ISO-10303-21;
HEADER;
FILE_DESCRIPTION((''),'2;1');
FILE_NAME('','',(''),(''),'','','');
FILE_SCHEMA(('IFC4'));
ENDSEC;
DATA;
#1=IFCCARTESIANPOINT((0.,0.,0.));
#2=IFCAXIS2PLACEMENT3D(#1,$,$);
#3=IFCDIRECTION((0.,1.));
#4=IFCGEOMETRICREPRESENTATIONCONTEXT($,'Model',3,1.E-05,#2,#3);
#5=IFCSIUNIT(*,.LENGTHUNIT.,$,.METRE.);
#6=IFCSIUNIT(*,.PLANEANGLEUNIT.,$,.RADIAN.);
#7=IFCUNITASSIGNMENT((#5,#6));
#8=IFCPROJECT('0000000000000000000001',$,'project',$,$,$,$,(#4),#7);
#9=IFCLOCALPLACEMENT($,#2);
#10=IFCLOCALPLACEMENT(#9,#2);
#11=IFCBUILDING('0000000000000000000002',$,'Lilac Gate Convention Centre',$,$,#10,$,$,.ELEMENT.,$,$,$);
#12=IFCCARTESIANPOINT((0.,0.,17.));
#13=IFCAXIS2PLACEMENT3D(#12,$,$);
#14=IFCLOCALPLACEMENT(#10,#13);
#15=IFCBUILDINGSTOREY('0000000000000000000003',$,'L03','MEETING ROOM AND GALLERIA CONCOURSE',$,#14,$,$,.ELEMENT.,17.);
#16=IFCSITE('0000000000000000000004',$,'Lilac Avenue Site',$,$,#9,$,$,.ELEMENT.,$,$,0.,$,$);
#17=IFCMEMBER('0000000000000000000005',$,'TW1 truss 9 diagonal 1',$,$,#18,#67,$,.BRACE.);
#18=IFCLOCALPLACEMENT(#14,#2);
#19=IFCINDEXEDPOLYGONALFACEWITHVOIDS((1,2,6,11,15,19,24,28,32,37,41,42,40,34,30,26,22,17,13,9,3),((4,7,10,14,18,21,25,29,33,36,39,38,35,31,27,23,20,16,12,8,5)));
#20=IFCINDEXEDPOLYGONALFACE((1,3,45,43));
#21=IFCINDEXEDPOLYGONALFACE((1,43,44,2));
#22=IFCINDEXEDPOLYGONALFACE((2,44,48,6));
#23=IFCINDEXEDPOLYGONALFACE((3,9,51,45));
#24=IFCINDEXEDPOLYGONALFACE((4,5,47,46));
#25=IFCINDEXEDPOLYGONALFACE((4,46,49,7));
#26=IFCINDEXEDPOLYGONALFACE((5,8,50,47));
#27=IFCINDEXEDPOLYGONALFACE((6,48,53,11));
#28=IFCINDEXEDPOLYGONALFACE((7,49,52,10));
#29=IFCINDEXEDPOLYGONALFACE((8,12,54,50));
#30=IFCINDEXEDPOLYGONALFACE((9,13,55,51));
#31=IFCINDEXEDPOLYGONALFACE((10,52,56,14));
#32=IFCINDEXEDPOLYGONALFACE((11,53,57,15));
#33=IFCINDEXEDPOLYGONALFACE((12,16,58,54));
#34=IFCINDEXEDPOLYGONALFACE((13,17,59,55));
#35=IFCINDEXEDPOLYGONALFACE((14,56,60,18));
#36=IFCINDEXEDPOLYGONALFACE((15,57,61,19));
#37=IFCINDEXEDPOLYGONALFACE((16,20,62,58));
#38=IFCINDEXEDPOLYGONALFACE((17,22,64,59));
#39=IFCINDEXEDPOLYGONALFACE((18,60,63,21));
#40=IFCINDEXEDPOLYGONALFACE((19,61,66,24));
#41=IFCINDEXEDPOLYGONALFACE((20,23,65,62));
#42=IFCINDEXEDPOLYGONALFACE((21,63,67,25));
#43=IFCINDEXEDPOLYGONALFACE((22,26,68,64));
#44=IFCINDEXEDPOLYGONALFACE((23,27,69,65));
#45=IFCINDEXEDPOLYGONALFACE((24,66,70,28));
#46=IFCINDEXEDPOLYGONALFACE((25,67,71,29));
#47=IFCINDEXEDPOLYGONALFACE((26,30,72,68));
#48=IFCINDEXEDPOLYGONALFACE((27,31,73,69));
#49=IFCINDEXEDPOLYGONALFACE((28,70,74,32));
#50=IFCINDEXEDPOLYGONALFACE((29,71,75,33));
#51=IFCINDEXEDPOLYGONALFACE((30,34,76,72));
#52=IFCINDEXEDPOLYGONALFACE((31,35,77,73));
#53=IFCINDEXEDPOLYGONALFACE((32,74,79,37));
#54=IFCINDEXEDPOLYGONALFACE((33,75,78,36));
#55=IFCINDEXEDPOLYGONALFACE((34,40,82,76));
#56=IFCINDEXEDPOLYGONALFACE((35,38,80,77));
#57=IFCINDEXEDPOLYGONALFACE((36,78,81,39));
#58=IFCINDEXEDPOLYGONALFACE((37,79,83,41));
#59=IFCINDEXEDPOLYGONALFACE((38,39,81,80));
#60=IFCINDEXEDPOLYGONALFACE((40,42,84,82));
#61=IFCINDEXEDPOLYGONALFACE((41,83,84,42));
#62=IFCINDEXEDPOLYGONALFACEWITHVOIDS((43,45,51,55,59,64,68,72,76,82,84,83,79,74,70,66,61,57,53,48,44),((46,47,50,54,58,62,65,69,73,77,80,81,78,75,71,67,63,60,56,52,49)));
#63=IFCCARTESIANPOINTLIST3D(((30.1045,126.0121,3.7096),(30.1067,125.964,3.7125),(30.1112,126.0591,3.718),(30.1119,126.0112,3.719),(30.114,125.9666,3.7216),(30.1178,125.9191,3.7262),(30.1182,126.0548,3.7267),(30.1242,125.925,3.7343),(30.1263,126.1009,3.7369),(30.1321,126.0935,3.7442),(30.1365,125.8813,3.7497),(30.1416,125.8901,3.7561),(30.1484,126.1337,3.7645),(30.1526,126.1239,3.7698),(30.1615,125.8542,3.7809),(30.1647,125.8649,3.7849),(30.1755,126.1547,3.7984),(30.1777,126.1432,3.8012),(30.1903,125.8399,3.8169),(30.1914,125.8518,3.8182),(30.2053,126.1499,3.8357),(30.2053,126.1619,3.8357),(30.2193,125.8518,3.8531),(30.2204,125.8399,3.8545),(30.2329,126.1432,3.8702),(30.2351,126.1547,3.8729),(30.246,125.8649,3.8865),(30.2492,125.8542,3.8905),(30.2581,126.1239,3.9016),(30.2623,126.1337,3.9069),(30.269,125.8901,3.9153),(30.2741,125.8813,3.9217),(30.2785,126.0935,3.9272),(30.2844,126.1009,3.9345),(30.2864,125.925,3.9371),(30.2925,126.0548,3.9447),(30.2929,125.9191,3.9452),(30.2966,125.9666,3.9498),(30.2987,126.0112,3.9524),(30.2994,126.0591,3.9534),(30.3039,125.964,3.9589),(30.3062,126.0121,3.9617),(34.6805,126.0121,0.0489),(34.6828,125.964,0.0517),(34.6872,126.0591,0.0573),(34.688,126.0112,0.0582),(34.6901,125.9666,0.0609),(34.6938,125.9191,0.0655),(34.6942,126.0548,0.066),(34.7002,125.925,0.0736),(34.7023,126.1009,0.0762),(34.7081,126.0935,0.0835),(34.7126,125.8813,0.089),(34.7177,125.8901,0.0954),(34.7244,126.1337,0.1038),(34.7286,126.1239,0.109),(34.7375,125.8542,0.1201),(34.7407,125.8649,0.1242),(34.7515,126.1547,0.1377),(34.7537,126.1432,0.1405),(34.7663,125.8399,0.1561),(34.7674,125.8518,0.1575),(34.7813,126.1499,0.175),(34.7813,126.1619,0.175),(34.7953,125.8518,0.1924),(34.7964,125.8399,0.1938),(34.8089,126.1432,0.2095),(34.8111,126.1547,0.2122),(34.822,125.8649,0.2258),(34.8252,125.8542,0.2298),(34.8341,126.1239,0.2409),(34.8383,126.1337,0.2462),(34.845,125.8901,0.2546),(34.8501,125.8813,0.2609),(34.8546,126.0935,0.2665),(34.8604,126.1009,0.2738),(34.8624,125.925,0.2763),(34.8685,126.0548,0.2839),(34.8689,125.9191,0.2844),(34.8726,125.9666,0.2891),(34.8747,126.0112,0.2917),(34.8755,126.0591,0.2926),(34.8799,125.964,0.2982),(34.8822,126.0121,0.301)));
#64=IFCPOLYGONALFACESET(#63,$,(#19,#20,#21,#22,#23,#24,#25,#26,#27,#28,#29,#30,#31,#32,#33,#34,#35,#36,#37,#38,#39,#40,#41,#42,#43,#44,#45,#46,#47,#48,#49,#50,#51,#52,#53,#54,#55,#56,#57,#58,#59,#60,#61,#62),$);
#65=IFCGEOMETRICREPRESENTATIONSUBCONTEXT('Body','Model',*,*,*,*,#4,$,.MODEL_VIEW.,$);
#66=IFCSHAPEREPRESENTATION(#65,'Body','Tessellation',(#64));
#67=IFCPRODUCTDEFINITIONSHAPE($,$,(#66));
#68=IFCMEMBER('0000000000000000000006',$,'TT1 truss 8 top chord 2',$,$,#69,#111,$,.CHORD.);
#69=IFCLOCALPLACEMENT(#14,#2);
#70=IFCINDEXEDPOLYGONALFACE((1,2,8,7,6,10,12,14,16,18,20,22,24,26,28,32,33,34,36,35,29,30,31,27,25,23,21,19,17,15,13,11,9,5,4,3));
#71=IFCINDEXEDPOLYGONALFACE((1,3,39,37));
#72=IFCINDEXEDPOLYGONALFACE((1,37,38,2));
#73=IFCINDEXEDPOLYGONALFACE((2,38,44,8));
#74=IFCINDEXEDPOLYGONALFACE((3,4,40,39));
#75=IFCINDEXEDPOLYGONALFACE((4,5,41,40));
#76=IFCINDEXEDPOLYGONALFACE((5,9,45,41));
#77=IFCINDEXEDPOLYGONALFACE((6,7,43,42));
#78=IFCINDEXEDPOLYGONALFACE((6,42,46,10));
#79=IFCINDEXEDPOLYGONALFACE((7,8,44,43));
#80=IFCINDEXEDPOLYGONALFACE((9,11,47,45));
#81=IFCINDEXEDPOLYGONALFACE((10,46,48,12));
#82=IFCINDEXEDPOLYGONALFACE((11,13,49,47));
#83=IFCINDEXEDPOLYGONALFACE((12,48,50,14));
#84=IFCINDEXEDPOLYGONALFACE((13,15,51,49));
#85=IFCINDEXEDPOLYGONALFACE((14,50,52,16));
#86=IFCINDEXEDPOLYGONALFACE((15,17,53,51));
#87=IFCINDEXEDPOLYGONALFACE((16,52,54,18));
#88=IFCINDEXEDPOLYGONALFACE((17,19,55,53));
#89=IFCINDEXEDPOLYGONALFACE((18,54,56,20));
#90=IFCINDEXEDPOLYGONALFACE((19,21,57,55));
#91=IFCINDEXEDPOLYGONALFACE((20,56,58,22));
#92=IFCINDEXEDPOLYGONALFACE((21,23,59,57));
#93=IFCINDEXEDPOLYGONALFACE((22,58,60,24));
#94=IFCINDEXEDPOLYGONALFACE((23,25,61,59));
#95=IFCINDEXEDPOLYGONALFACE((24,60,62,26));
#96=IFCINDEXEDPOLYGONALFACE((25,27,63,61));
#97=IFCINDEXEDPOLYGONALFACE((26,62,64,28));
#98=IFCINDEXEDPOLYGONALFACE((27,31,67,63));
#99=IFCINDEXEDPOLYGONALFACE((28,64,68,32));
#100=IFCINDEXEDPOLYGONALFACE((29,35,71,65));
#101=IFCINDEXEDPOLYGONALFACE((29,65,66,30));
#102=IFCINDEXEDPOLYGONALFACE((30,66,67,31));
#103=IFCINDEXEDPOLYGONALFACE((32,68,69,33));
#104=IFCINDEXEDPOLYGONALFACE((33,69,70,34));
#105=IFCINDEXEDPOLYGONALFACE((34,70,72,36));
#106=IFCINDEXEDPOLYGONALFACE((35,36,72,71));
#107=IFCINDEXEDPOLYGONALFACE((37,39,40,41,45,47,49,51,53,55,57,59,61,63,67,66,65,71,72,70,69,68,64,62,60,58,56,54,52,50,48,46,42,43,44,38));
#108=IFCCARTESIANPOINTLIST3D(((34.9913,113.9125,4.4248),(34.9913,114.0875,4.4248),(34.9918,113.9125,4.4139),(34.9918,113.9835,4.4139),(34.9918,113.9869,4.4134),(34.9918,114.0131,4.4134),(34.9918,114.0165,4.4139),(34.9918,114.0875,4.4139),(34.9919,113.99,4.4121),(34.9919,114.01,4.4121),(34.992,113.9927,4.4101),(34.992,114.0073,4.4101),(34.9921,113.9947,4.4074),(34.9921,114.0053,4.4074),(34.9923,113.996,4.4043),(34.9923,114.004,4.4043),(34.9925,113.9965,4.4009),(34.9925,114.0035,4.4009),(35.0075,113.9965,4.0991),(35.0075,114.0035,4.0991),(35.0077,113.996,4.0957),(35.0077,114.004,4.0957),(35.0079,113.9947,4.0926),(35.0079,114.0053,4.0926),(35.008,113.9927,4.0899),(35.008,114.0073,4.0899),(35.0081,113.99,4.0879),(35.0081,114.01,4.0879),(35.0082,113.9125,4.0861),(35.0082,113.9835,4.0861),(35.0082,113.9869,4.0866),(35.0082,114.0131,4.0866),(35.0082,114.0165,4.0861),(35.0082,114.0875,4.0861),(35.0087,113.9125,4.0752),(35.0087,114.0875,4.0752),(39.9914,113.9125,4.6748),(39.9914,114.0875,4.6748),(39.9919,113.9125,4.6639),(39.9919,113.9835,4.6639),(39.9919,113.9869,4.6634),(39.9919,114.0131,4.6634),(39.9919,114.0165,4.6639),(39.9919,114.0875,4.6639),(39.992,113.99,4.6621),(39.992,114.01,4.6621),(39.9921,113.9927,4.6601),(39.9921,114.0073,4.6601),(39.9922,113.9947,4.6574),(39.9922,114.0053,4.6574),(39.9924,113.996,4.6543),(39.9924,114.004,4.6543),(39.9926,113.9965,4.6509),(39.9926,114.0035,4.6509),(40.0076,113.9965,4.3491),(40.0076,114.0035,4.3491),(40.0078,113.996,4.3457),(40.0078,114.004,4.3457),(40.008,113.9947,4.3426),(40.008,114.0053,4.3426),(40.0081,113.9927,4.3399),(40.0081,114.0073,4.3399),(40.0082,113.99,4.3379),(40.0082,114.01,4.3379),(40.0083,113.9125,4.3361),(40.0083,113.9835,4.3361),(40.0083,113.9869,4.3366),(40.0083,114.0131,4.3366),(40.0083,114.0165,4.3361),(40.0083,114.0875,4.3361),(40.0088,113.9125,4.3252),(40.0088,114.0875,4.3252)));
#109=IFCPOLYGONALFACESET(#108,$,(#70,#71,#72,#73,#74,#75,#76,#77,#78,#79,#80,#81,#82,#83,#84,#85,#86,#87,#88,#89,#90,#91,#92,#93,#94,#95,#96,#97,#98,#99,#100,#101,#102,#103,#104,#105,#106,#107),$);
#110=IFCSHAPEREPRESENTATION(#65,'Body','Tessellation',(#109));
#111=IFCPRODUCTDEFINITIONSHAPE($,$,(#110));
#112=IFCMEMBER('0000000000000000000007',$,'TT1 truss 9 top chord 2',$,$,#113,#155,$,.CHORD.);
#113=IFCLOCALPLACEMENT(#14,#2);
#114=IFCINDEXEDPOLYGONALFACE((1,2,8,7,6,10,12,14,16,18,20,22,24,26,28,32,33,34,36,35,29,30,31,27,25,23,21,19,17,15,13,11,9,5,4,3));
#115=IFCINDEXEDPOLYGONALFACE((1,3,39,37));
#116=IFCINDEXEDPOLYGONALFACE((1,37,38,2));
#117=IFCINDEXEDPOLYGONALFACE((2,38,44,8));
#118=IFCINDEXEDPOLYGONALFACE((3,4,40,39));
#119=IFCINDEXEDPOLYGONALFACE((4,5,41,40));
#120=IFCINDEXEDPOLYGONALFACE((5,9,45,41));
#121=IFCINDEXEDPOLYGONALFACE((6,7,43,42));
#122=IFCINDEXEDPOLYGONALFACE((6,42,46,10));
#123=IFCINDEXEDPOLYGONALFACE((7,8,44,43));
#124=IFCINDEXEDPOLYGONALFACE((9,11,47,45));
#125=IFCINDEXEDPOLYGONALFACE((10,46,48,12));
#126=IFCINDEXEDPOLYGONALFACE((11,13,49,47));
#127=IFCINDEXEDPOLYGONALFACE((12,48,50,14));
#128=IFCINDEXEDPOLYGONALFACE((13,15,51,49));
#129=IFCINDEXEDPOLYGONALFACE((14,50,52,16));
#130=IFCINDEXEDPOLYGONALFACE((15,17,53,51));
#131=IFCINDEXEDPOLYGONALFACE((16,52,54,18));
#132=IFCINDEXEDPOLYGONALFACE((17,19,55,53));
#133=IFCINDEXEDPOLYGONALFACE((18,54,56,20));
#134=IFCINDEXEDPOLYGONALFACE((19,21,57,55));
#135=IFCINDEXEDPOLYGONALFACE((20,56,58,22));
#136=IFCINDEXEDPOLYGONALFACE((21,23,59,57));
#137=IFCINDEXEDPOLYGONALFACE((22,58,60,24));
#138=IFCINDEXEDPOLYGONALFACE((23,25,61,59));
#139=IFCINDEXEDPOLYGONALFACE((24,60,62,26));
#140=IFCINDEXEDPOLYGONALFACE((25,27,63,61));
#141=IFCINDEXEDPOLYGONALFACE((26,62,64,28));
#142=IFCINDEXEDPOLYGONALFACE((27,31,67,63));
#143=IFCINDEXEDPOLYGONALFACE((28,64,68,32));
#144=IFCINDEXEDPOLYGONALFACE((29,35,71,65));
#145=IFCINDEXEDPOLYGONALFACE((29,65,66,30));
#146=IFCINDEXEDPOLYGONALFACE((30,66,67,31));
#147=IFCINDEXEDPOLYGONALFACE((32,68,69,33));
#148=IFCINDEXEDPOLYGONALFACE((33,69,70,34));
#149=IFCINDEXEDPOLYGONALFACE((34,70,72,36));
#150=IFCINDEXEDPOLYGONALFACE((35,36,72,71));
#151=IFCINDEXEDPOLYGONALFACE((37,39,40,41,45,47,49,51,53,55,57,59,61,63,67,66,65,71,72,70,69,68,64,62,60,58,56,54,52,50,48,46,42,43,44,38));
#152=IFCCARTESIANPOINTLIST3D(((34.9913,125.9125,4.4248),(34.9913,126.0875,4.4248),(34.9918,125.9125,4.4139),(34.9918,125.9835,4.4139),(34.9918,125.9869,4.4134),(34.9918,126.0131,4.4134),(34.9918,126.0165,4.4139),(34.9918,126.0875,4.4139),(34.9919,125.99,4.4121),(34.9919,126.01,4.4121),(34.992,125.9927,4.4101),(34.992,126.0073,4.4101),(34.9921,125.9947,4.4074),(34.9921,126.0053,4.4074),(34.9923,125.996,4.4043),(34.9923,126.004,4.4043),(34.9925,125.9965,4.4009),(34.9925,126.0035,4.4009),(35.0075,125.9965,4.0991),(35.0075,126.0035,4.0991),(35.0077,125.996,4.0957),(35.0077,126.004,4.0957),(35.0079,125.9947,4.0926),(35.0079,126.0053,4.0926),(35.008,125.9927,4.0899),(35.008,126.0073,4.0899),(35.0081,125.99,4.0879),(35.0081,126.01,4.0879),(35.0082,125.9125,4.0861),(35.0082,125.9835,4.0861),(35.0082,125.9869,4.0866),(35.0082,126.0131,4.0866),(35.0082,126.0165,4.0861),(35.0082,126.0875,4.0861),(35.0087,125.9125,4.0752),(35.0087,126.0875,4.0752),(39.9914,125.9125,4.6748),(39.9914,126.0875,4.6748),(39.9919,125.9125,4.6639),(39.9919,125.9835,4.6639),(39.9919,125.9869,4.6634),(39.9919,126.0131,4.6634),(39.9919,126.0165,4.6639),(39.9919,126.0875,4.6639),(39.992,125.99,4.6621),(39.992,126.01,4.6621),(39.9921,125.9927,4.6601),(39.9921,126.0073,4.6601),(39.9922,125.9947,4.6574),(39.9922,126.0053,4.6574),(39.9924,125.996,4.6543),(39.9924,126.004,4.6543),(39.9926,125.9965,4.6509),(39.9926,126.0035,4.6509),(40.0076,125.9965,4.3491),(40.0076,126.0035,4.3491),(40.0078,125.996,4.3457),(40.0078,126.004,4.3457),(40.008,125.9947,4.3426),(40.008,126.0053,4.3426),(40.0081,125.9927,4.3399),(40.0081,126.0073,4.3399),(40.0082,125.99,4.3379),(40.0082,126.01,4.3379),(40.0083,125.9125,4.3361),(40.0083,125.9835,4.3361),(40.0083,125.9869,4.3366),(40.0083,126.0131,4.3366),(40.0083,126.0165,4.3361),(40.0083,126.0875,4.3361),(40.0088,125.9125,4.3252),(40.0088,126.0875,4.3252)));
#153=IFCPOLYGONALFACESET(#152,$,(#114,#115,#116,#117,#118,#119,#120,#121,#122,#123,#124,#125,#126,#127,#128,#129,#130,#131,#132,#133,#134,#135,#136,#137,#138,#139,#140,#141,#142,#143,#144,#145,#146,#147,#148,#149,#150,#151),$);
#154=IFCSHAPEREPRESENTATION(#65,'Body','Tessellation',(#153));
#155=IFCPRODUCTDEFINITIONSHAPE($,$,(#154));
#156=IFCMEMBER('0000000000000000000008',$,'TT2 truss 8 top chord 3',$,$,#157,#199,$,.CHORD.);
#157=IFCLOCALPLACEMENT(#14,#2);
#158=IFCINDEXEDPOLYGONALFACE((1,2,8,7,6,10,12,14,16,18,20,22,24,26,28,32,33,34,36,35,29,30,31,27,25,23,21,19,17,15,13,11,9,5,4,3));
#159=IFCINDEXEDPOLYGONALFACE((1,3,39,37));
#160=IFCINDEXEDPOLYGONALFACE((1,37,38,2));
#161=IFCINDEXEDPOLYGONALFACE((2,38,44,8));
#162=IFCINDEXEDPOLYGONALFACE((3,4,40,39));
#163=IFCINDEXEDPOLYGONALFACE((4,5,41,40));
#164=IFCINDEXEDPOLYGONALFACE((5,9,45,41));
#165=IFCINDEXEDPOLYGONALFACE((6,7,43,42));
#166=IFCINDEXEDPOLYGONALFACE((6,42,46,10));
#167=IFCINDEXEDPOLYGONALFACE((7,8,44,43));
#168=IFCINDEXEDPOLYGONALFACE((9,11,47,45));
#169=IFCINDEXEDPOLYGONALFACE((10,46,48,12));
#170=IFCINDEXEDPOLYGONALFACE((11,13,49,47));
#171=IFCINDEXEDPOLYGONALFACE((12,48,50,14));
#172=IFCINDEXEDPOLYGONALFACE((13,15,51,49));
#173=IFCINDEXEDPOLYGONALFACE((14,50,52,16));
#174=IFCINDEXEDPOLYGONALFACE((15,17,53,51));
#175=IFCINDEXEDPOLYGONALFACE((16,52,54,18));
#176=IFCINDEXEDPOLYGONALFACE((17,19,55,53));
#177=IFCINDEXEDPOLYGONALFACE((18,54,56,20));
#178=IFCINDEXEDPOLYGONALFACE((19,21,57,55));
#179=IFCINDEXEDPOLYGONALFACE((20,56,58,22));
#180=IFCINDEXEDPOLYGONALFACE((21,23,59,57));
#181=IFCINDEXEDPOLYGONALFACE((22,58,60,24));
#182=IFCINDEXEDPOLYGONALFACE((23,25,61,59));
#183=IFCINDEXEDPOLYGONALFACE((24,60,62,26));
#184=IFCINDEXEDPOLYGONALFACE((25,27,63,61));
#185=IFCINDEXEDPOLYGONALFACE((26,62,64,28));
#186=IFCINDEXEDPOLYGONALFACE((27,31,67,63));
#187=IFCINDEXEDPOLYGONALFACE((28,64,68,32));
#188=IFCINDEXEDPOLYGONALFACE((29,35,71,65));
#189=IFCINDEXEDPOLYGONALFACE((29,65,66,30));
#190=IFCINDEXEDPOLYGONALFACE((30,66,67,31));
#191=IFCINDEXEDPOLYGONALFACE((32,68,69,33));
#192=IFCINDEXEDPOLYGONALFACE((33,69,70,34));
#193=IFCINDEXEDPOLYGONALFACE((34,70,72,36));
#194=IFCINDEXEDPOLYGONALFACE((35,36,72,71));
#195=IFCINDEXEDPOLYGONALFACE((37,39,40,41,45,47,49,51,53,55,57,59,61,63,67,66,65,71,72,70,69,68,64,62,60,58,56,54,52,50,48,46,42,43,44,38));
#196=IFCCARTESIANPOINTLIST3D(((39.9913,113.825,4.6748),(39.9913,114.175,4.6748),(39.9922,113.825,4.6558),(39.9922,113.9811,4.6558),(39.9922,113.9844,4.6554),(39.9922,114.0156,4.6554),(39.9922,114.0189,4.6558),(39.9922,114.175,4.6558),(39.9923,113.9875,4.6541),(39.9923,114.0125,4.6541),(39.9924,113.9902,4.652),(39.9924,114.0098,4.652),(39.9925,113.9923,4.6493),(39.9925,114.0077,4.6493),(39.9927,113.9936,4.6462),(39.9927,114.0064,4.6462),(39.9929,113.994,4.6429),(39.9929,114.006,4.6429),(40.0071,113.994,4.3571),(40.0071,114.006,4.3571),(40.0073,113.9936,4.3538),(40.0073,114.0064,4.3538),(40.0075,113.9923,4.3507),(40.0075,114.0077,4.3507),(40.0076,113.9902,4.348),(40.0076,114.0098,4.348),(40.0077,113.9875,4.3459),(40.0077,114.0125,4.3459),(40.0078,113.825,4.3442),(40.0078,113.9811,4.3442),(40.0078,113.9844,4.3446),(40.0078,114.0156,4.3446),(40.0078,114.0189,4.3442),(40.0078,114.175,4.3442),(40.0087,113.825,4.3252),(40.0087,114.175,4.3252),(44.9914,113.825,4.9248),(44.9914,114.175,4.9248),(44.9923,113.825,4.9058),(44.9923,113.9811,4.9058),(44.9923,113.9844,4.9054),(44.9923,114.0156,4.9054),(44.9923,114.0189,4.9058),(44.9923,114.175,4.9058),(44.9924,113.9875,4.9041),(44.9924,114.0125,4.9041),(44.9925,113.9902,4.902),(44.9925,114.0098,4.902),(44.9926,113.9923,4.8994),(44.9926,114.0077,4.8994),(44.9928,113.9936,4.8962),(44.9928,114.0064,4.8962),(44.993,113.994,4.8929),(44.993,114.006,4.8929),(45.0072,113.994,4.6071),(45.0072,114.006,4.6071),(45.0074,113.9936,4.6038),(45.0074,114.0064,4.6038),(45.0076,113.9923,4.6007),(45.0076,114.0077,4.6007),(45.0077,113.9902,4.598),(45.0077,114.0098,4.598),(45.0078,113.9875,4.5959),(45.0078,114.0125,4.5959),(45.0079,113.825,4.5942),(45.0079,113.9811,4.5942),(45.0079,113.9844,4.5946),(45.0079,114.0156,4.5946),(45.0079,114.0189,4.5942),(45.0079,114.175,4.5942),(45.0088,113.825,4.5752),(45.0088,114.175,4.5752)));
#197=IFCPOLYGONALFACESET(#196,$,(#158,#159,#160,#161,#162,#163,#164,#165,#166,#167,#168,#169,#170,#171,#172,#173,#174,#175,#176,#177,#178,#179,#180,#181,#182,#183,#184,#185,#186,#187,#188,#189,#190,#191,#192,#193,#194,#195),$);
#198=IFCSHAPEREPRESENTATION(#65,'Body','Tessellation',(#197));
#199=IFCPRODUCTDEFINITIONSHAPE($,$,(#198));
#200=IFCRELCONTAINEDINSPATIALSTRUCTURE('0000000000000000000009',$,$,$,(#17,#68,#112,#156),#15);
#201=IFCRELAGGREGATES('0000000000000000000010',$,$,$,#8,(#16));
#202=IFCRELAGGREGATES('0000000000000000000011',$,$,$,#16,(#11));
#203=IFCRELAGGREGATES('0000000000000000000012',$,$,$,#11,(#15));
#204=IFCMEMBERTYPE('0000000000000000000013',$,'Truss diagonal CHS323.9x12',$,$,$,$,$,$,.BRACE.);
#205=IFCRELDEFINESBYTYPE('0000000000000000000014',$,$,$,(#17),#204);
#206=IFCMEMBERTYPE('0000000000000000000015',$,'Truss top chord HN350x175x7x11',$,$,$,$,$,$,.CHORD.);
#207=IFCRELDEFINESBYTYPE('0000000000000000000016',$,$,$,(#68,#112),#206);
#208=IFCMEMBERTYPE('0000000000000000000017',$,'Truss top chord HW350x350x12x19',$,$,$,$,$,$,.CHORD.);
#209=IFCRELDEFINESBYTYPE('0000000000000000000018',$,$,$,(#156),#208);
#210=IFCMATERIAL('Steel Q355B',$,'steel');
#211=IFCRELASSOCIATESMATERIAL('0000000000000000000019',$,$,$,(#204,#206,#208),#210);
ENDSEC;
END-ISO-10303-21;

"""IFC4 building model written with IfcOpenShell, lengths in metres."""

from ifc_helpers import new_model, si_unit, direction, frame, origin, origin_2d, place, context, subcontext, project, spatial, hollow_circle, i_section, extrude, material, material_profile, profile_set, type_object, element, save


model = new_model("IFC4")

# Units and contexts
model_context = context("Model", 3, precision=1e-05, world=origin(), true_north=direction((0.0, 1.0)))
body_context = subcontext(model_context, "Body", "Model", "MODEL_VIEW")
ifc_project = project(units=[si_unit("LENGTHUNIT", "METRE"), si_unit("PLANEANGLEUNIT", "RADIAN")], contexts=[model_context])

# Site, building, storey
site_placement = place(None, origin())
site = spatial("IfcSite", under=ifc_project, at=site_placement, Name="Lilac Avenue Site", CompositionType="ELEMENT", RefElevation=0.0)
building_placement = place(site_placement, origin())
building = spatial("IfcBuilding", under=site, at=building_placement, Name="Lilac Gate Convention Centre", CompositionType="ELEMENT")
storey_placement = place(building_placement, frame((0.0, 0.0, 17.0)))
storey = spatial("IfcBuildingStorey", under=building, at=storey_placement, Name="L03", Description="MEETING ROOM AND GALLERIA CONCOURSE", CompositionType="ELEMENT", Elevation=17.0)

# Members
ifc_material = material(Name="Steel Q355B", Category="steel")
ifc_material_profile_1 = material_profile(ifc_material, hollow_circle(Radius=0.1619, WallThickness=0.012, at=origin_2d()), Name="CHS323.9x12")
ifc_profile_set_1 = profile_set([ifc_material_profile_1], Name="Steel Q355B")
member_type_1 = type_object("IfcMemberType", Name="Truss diagonal CHS323.9x12", PredefinedType="BRACE", material=ifc_profile_set_1)
for number, where, z_axis, x_axis, name in (
    (1, (30.2053, 126.0, 3.8357), (0.780877, 0.0, -0.624685), (0.0, 1.0, 0.0), "TW1 truss 9 diagonal 1"),
):
    element("IfcMember", number, at=place(storey_placement, frame(where, z_axis=z_axis, x_axis=x_axis)), inside=storey, type_object=member_type_1, Name=name, PredefinedType="BRACE", context=body_context, shape_type="SweptSolid", body=[
        extrude(hollow_circle(Radius=0.1619, WallThickness=0.012, at=origin_2d()), origin(), (0.0, 0.0, 1.0), 5.8601),
    ])
ifc_material_profile_2 = material_profile(ifc_material, i_section(OverallWidth=0.175, OverallDepth=0.3501, WebThickness=0.0071, FlangeThickness=0.011, FilletRadius=0.0129, at=origin_2d()), Name="HN350x175x7x11")
ifc_profile_set_2 = profile_set([ifc_material_profile_2], Name="Steel Q355B")
member_type_2 = type_object("IfcMemberType", Name="Truss top chord HN350x175x7x11", PredefinedType="CHORD", material=ifc_profile_set_2)
for number, where, z_axis, x_axis, name in (
    (2, (35.0, 114.0, 4.25), (0.998752, 0.0, 0.049938), (0.0, 1.0, 0.0), "TT1 truss 8 top chord 2"),
    (3, (35.0, 126.0, 4.25), (0.998752, 0.0, 0.049938), (0.0, 1.0, 0.0), "TT1 truss 9 top chord 2"),
):
    element("IfcMember", number, at=place(storey_placement, frame(where, z_axis=z_axis, x_axis=x_axis)), inside=storey, type_object=member_type_2, Name=name, PredefinedType="CHORD", context=body_context, shape_type="SweptSolid", body=[
        extrude(i_section(OverallWidth=0.175, OverallDepth=0.3501, WebThickness=0.0071, FlangeThickness=0.011, FilletRadius=0.0129, at=origin_2d()), origin(), (0.0, 0.0, 1.0), 5.0063),
    ])
ifc_material_profile_3 = material_profile(ifc_material, i_section(OverallWidth=0.3501, OverallDepth=0.3501, WebThickness=0.012, FlangeThickness=0.019, FilletRadius=0.0129, at=origin_2d()), Name="HW350x350x12x19")
ifc_profile_set_3 = profile_set([ifc_material_profile_3], Name="Steel Q355B")
member_type_3 = type_object("IfcMemberType", Name="Truss top chord HW350x350x12x19", PredefinedType="CHORD", material=ifc_profile_set_3)
member_1_placement = place(storey_placement, frame((40.0, 114.0, 4.5), z_axis=(0.998752, 0.0, 0.049938), x_axis=(0.0, 1.0, 0.0)))
element("IfcMember", 4, at=member_1_placement, inside=storey, type_object=member_type_3, Name="TT2 truss 8 top chord 3", PredefinedType="CHORD", context=body_context, shape_type="SweptSolid", body=[
    extrude(i_section(OverallWidth=0.3501, OverallDepth=0.3501, WebThickness=0.012, FlangeThickness=0.019, FilletRadius=0.0129, at=origin_2d()), origin(), (0.0, 0.0, 1.0), 5.0063),
])

save(model, "model.ifc")
